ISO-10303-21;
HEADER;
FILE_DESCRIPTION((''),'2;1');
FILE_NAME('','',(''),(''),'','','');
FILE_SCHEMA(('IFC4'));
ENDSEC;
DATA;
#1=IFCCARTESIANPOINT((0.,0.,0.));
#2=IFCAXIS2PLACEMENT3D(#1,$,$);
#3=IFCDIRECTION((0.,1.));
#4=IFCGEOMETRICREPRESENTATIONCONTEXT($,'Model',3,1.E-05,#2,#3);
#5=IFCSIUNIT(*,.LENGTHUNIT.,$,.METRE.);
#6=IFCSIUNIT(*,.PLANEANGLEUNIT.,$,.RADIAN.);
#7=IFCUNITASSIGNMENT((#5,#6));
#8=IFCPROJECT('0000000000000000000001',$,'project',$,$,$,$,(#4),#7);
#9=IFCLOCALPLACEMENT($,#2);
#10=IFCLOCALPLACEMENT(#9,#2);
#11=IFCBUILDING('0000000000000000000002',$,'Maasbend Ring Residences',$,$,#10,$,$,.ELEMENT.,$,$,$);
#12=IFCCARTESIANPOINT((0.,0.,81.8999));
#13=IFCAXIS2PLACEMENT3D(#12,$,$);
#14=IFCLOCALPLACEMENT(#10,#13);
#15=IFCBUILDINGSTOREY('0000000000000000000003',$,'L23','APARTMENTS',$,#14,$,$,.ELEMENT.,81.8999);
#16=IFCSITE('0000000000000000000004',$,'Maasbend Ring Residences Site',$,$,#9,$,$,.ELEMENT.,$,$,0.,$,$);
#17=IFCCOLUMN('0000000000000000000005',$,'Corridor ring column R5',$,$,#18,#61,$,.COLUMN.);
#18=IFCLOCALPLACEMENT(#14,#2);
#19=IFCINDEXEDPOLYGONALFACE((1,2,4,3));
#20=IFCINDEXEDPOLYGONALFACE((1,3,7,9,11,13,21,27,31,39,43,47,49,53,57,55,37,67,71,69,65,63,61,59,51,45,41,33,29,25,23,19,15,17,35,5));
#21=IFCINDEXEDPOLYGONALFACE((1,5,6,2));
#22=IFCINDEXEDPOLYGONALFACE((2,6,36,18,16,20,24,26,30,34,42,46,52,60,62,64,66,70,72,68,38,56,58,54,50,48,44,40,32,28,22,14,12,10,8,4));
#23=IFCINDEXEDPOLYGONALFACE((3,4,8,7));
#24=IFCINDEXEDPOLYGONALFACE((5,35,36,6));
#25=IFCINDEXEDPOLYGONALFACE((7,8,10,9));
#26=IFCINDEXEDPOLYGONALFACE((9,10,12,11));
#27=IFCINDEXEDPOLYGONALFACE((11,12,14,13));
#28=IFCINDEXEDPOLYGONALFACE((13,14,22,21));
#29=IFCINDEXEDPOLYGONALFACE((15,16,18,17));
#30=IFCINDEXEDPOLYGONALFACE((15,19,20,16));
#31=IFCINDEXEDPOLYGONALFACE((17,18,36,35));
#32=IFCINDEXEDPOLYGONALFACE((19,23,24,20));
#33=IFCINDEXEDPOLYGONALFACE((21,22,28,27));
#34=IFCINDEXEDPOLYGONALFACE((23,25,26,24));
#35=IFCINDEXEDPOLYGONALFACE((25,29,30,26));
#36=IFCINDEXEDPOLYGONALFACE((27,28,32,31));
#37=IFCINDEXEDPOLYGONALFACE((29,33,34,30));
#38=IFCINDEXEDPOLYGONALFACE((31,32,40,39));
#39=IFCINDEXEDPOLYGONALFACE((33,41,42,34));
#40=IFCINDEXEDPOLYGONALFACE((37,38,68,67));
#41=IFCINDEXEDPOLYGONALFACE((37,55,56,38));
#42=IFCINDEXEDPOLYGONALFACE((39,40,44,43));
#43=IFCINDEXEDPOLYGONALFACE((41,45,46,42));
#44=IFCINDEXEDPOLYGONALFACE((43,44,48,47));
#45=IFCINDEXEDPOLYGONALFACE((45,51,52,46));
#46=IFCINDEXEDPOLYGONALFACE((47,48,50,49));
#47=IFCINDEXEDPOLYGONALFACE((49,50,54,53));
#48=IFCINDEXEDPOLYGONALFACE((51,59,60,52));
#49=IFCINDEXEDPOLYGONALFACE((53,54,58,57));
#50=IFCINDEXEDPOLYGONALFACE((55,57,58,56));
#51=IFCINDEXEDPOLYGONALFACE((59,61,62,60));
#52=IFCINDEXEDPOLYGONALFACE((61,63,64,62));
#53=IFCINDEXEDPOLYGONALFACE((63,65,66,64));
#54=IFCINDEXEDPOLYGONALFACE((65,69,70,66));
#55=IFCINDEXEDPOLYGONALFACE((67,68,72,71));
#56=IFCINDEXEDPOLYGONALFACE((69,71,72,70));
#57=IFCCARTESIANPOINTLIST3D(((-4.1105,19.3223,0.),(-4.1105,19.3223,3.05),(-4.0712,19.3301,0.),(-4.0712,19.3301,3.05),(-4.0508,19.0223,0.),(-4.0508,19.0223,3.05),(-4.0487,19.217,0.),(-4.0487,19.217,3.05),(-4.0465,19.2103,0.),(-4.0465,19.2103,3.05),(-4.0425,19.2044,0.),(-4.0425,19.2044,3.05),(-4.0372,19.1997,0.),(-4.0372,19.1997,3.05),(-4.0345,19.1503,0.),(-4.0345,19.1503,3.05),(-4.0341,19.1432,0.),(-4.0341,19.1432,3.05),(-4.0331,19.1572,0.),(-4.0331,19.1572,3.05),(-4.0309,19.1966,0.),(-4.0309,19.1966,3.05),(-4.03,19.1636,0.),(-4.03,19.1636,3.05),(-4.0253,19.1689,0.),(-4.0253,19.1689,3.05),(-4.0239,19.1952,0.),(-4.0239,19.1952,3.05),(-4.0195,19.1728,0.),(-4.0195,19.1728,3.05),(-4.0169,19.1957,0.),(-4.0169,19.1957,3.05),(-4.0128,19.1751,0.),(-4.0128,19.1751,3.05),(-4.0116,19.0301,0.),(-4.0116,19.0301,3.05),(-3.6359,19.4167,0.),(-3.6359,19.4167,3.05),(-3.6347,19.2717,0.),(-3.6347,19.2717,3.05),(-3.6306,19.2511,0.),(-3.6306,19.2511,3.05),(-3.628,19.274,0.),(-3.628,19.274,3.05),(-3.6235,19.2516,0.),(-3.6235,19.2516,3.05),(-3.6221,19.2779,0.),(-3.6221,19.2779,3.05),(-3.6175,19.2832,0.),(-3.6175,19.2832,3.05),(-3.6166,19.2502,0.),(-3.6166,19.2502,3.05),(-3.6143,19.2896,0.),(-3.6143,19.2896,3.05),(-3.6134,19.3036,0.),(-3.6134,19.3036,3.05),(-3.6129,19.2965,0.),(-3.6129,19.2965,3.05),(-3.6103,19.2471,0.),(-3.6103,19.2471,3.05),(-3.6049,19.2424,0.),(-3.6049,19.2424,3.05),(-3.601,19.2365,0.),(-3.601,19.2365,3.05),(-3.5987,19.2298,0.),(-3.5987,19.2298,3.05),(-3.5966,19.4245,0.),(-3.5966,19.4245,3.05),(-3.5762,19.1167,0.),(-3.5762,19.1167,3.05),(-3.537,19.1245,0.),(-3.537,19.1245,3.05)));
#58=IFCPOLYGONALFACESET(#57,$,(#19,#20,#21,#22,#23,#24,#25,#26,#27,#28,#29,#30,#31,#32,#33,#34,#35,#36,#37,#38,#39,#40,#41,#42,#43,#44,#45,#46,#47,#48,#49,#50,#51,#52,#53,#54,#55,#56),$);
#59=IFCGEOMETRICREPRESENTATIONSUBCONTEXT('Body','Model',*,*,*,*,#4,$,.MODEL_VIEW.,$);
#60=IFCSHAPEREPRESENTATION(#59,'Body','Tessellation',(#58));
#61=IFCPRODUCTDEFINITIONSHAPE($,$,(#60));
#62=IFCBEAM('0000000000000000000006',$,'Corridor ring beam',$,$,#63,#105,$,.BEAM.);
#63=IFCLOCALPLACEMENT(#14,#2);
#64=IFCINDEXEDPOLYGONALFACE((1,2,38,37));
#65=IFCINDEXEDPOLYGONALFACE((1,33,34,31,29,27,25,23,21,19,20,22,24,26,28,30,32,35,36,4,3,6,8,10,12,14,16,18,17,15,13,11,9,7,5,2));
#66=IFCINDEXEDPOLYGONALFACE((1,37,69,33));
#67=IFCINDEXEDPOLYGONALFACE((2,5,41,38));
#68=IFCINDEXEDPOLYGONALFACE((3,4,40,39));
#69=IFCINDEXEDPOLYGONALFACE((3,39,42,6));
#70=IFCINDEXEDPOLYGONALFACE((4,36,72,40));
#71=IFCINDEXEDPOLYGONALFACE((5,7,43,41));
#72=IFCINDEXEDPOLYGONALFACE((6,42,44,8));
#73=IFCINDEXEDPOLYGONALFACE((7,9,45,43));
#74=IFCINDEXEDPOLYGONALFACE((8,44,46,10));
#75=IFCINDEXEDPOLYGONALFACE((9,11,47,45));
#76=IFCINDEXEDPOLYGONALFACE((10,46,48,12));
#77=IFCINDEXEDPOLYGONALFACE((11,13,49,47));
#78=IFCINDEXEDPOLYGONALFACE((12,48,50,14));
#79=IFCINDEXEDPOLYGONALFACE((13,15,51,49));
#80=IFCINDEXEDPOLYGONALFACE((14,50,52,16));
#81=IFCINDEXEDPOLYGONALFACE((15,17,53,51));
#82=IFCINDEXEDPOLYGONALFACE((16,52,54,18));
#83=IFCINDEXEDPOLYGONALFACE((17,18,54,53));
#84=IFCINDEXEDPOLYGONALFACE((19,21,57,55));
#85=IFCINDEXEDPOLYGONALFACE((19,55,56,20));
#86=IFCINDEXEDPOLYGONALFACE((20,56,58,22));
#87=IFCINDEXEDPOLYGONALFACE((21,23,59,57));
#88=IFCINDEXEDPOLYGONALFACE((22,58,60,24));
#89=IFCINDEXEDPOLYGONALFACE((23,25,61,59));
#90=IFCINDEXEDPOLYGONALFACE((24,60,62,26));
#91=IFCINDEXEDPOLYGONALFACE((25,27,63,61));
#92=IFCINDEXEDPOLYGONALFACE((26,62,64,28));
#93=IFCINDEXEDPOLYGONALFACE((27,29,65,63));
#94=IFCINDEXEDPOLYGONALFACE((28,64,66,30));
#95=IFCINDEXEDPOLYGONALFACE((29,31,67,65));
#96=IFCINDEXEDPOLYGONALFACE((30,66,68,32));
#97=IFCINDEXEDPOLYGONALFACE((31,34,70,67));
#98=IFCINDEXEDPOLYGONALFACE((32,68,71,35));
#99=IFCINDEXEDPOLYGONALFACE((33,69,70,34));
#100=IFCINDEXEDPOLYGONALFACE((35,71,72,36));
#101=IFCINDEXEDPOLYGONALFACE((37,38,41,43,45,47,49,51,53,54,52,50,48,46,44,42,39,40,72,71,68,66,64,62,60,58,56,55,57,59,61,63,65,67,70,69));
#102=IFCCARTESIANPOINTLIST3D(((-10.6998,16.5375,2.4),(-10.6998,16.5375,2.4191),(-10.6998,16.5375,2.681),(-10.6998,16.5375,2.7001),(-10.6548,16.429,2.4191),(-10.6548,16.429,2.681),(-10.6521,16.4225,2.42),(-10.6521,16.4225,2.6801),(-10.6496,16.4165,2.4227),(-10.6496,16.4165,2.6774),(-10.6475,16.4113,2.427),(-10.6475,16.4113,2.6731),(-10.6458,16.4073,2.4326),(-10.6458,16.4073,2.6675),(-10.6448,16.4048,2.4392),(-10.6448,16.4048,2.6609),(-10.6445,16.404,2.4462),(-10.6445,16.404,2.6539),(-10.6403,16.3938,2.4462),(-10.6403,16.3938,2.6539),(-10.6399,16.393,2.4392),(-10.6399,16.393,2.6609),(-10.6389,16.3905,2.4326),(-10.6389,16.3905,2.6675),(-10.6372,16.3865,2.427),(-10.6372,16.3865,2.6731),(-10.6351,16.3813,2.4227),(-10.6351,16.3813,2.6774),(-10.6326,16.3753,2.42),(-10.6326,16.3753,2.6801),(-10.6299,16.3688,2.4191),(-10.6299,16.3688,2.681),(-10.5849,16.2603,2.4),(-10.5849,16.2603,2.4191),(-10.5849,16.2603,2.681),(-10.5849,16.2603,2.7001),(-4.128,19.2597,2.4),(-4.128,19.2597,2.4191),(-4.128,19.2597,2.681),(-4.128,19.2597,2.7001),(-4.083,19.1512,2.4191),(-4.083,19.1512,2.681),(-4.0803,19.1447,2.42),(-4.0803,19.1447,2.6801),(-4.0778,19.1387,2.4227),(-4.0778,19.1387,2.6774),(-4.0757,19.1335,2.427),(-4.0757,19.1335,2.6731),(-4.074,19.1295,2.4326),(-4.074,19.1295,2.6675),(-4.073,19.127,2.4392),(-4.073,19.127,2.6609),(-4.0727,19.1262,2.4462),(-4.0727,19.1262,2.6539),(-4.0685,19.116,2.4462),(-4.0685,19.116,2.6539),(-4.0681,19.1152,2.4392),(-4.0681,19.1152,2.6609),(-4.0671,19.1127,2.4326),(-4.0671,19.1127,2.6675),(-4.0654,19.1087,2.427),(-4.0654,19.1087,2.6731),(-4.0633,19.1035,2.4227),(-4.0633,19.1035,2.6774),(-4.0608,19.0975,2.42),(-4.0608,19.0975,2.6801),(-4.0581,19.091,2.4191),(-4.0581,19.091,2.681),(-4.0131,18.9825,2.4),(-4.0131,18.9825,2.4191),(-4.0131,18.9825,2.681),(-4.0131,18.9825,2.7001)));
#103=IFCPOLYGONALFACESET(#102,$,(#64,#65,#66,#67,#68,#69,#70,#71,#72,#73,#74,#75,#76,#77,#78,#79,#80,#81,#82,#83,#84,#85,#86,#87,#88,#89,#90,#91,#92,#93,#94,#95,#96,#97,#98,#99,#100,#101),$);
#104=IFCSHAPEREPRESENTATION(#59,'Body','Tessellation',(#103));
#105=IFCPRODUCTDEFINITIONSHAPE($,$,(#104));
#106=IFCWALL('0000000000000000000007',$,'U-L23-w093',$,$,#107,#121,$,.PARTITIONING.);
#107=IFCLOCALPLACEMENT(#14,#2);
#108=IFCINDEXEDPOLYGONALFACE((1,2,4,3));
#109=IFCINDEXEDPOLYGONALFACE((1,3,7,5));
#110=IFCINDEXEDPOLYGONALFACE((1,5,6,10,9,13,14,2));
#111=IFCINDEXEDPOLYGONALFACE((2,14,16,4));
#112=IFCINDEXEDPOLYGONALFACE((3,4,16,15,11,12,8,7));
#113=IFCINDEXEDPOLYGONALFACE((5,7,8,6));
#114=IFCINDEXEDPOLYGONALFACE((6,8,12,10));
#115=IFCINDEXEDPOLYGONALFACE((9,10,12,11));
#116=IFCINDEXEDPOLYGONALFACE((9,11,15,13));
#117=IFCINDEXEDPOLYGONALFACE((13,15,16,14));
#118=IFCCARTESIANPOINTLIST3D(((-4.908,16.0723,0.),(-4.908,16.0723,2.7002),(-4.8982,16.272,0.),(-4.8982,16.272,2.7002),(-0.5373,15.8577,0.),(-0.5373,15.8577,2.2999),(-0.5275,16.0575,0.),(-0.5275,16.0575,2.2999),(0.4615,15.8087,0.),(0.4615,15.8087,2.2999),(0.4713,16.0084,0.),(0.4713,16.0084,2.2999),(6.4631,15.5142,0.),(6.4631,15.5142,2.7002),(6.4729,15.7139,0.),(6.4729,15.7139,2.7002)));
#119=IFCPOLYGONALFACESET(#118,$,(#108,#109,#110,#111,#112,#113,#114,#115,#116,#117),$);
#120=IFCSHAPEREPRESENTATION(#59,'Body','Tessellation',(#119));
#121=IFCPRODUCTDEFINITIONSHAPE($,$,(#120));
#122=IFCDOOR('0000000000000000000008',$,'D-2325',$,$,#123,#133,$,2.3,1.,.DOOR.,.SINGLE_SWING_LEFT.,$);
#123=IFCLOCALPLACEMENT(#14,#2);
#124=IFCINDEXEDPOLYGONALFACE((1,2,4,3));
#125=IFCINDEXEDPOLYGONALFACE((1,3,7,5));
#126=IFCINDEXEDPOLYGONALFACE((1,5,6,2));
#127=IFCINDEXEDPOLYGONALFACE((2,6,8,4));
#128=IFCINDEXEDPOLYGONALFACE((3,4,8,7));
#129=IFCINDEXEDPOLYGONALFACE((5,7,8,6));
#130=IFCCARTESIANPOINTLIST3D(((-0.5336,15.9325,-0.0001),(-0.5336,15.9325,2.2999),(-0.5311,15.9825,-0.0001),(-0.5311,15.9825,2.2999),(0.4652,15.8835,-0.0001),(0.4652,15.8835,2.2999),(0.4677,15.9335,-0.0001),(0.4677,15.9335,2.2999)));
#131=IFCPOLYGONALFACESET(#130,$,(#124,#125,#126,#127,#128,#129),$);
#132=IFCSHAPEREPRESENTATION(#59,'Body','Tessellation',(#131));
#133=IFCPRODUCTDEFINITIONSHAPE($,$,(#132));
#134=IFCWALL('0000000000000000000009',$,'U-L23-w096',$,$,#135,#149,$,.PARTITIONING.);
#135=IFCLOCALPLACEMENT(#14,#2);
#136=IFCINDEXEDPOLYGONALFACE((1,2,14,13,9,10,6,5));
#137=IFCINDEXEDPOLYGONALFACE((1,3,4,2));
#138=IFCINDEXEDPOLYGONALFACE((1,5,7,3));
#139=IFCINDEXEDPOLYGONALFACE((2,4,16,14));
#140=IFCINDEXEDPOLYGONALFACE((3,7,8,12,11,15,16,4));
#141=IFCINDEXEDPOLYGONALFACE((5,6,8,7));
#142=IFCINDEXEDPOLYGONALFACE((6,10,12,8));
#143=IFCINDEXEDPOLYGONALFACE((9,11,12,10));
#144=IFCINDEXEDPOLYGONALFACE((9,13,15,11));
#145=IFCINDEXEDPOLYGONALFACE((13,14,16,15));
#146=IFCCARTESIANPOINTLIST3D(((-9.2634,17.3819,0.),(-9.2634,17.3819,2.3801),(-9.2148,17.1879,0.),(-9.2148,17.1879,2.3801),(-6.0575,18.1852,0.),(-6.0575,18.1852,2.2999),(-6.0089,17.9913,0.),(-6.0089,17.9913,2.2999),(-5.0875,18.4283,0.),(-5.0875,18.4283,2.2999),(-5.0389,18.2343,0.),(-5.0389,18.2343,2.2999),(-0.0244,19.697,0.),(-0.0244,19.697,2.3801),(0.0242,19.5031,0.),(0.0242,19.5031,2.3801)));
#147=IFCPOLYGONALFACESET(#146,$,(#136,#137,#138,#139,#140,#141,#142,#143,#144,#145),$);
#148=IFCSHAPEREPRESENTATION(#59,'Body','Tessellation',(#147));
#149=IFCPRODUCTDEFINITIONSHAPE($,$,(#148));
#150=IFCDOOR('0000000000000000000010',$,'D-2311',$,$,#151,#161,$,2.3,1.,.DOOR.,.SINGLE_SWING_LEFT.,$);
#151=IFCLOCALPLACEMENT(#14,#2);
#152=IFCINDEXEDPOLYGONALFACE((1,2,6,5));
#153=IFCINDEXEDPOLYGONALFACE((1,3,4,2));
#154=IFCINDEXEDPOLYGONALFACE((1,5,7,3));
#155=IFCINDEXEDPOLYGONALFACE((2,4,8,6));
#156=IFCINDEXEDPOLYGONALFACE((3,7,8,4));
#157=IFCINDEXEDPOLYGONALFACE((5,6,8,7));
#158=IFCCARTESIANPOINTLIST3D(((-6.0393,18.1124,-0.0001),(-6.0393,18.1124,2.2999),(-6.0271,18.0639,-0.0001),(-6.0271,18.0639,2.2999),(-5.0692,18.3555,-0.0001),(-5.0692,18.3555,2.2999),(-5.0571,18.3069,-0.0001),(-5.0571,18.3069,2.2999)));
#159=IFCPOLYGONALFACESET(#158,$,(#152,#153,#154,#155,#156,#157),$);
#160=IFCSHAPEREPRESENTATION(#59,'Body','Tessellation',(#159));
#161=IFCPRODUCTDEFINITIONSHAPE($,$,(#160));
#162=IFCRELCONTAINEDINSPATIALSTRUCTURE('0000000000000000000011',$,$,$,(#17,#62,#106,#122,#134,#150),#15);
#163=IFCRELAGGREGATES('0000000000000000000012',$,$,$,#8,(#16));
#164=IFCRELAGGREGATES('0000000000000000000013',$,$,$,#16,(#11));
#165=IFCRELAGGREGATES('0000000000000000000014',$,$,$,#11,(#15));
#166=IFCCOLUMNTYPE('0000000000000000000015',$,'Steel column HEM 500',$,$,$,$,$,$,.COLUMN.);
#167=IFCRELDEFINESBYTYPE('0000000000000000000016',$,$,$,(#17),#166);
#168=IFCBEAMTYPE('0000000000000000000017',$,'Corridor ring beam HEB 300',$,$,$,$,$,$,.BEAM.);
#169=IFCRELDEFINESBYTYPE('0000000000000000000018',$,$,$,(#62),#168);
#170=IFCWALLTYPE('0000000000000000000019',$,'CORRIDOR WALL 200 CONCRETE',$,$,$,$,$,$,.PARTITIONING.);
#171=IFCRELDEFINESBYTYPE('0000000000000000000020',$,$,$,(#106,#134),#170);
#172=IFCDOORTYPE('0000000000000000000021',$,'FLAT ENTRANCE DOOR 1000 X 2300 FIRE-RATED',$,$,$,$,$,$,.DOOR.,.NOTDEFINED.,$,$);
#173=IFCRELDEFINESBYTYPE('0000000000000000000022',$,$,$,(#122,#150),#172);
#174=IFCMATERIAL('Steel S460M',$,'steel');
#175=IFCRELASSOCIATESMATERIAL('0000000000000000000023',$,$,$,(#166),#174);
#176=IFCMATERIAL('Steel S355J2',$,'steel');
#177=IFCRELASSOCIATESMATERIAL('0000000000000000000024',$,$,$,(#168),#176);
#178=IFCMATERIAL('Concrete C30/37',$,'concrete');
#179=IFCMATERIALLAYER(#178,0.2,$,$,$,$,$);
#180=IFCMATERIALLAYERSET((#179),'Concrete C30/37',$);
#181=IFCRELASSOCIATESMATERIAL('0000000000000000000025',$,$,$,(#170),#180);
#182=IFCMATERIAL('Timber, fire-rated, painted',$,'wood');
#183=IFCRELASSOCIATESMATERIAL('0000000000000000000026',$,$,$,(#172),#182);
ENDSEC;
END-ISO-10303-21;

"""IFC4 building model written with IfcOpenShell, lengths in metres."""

from ifc_helpers import new_model, si_unit, direction, frame, frame_2d, origin, origin_2d, place, context, subcontext, project, spatial, rectangle, i_section, extrude, material, layer, layer_set, material_profile, profile_set, type_object, element, fill, save


model = new_model("IFC4")

# Units and contexts
model_context = context("Model", 3, precision=1e-05, world=origin(), true_north=direction((0.0, 1.0)))
body_context = subcontext(model_context, "Body", "Model", "MODEL_VIEW")
ifc_project = project(units=[si_unit("LENGTHUNIT", "METRE"), si_unit("PLANEANGLEUNIT", "RADIAN")], contexts=[model_context])

# Site, building, storey
site_placement = place(None, origin())
site = spatial("IfcSite", under=ifc_project, at=site_placement, Name="Maasbend Ring Residences Site", CompositionType="ELEMENT", RefElevation=0.0)
building_placement = place(site_placement, origin())
building = spatial("IfcBuilding", under=site, at=building_placement, Name="Maasbend Ring Residences", CompositionType="ELEMENT")
storey_placement = place(building_placement, frame((0.0, 0.0, 81.8999)))
storey = spatial("IfcBuildingStorey", under=building, at=storey_placement, Name="L23", Description="APARTMENTS", CompositionType="ELEMENT", Elevation=81.8999)

# Column
ifc_material_1 = material(Name="Steel S460M", Category="steel")
ifc_material_profile_1 = material_profile(ifc_material_1, i_section(OverallWidth=0.3059, OverallDepth=0.5239, WebThickness=0.021, FlangeThickness=0.04, FilletRadius=0.0271, at=origin_2d()), Name="HEM 500")
ifc_profile_set_1 = profile_set([ifc_material_profile_1], Name="Steel S460M")
column_type = type_object("IfcColumnType", Name="Steel column HEM 500", PredefinedType="COLUMN", material=ifc_profile_set_1)
column_placement = place(storey_placement, frame((-3.8237, 19.2234, 0.0), z_axis=(0.0, 0.0, 1.0), x_axis=(-0.19509, 0.980785, 0.0)))
element("IfcColumn", 1, at=column_placement, inside=storey, type_object=column_type, Name="Corridor ring column R5", PredefinedType="COLUMN", context=body_context, shape_type="SweptSolid", body=[
    extrude(i_section(OverallWidth=0.3059, OverallDepth=0.5239, WebThickness=0.021, FlangeThickness=0.04, FilletRadius=0.0271, at=origin_2d()), origin(), (0.0, 0.0, 1.0), 3.05),
])

# Beam
ifc_material_2 = material(Name="Steel S355J2", Category="steel")
ifc_material_profile_2 = material_profile(ifc_material_2, i_section(OverallWidth=0.3, OverallDepth=0.3, WebThickness=0.011, FlangeThickness=0.019, FilletRadius=0.0271, at=origin_2d()), Name="HEB 300")
ifc_profile_set_2 = profile_set([ifc_material_profile_2], Name="Steel S355J2")
beam_type = type_object("IfcBeamType", Name="Corridor ring beam HEB 300", PredefinedType="BEAM", material=ifc_profile_set_2)
beam_placement = place(storey_placement, frame((-4.0706, 19.1211, 2.55), z_axis=(-0.923877, -0.382689, 0.0), x_axis=(0.382689, -0.923877, 0.0)))
element("IfcBeam", 2, at=beam_placement, inside=storey, type_object=beam_type, Name="Corridor ring beam", PredefinedType="BEAM", context=body_context, shape_type="SweptSolid", body=[
    extrude(i_section(OverallWidth=0.3, OverallDepth=0.3, WebThickness=0.011, FlangeThickness=0.019, FilletRadius=0.0271, at=origin_2d()), origin(), (0.0, 0.0, 1.0), 7.1133),
])

# Walls, openings, doors
ifc_material_3 = material(Name="Concrete C30/37", Category="concrete")
ifc_layer_1 = layer(ifc_material_3, 0.2)
ifc_layer_set_1 = layer_set([ifc_layer_1], Name="Concrete C30/37")
wall_type_1 = type_object("IfcWallType", Name="CORRIDOR WALL 200 CONCRETE", PredefinedType="PARTITIONING", material=ifc_layer_set_1)
wall_1_placement = place(storey_placement, frame((-4.9031, 16.1721, 0.0), z_axis=(0.0, 0.0, 1.0), x_axis=(0.998798, -0.049022, 0.0)))
wall_1 = element("IfcWall", 3, at=wall_1_placement, inside=storey, type_object=wall_type_1, Name="U-L23-w093", PredefinedType="PARTITIONING", context=body_context, shape_type="SweptSolid", body=[
    extrude(rectangle(XDim=11.3848, YDim=0.2, at=frame_2d((5.6924, 0.0))), origin(), (0.0, 0.0, 1.0), 2.7002),
])
opening_1_placement = place(wall_1_placement, frame((4.376, 0.0, 0.0)))
opening_1 = element("IfcOpeningElement", 4, at=opening_1_placement, cuts=wall_1, PredefinedType="OPENING", context=body_context, shape_type="SweptSolid", body=[
    extrude(rectangle(XDim=1.0, YDim=2.3, at=frame_2d((0.5, 1.1499))), frame((0.0, 0.1099, 0.0), z_axis=(0.0, -1.0, 0.0), x_axis=(1.0, 0.0, 0.0)), (0.0, 0.0, 1.0), 0.22),
])
ifc_material_4 = material(Name="Timber, fire-rated, painted", Category="wood")
door_type_1 = type_object("IfcDoorType", Name="FLAT ENTRANCE DOOR 1000 X 2300 FIRE-RATED", OperationType="NOTDEFINED", PredefinedType="DOOR", material=ifc_material_4)
door_1_placement = place(opening_1_placement, origin())
door_1 = element("IfcDoor", 5, at=door_1_placement, inside=storey, type_object=door_type_1, Name="D-2325", OperationType="SINGLE_SWING_LEFT", OverallHeight=2.3, OverallWidth=1.0, PredefinedType="DOOR", context=body_context, shape_type="SweptSolid", body=[
    extrude(rectangle(XDim=1.0, YDim=2.3, at=frame_2d((0.5, 1.1499))), frame((0.0, 0.0249, 0.0), z_axis=(0.0, -1.0, 0.0), x_axis=(1.0, 0.0, 0.0)), (0.0, 0.0, 1.0), 0.05),
])
fill(opening_1, door_1)
wall_2_placement = place(storey_placement, frame((-9.239, 17.2849, 0.0), z_axis=(0.0, 0.0, 1.0), x_axis=(0.970008, 0.243072, 0.0)))
wall_2 = element("IfcWall", 6, at=wall_2_placement, inside=storey, type_object=wall_type_1, Name="U-L23-w096", PredefinedType="PARTITIONING", context=body_context, shape_type="SweptSolid", body=[
    extrude(rectangle(XDim=9.5247, YDim=0.2, at=frame_2d((4.7622, 0.0))), origin(), (0.0, 0.0, 1.0), 2.3801),
])
opening_2_placement = place(wall_2_placement, frame((3.3049, 0.0, 0.0)))
opening_2 = element("IfcOpeningElement", 7, at=opening_2_placement, cuts=wall_2, PredefinedType="OPENING", context=body_context, shape_type="SweptSolid", body=[
    extrude(rectangle(XDim=1.0, YDim=2.3, at=frame_2d((0.5, 1.1499))), frame((0.0, 0.1099, 0.0), z_axis=(0.0, -1.0, 0.0), x_axis=(1.0, 0.0, 0.0)), (0.0, 0.0, 1.0), 0.22),
])
door_2_placement = place(opening_2_placement, origin())
door_2 = element("IfcDoor", 8, at=door_2_placement, inside=storey, type_object=door_type_1, Name="D-2311", OperationType="SINGLE_SWING_LEFT", OverallHeight=2.3, OverallWidth=1.0, PredefinedType="DOOR", context=body_context, shape_type="SweptSolid", body=[
    extrude(rectangle(XDim=1.0, YDim=2.3, at=frame_2d((0.5, 1.1499))), frame((0.0, 0.0249, 0.0), z_axis=(0.0, -1.0, 0.0), x_axis=(1.0, 0.0, 0.0)), (0.0, 0.0, 1.0), 0.05),
])
fill(opening_2, door_2)

save(model, "model.ifc")
